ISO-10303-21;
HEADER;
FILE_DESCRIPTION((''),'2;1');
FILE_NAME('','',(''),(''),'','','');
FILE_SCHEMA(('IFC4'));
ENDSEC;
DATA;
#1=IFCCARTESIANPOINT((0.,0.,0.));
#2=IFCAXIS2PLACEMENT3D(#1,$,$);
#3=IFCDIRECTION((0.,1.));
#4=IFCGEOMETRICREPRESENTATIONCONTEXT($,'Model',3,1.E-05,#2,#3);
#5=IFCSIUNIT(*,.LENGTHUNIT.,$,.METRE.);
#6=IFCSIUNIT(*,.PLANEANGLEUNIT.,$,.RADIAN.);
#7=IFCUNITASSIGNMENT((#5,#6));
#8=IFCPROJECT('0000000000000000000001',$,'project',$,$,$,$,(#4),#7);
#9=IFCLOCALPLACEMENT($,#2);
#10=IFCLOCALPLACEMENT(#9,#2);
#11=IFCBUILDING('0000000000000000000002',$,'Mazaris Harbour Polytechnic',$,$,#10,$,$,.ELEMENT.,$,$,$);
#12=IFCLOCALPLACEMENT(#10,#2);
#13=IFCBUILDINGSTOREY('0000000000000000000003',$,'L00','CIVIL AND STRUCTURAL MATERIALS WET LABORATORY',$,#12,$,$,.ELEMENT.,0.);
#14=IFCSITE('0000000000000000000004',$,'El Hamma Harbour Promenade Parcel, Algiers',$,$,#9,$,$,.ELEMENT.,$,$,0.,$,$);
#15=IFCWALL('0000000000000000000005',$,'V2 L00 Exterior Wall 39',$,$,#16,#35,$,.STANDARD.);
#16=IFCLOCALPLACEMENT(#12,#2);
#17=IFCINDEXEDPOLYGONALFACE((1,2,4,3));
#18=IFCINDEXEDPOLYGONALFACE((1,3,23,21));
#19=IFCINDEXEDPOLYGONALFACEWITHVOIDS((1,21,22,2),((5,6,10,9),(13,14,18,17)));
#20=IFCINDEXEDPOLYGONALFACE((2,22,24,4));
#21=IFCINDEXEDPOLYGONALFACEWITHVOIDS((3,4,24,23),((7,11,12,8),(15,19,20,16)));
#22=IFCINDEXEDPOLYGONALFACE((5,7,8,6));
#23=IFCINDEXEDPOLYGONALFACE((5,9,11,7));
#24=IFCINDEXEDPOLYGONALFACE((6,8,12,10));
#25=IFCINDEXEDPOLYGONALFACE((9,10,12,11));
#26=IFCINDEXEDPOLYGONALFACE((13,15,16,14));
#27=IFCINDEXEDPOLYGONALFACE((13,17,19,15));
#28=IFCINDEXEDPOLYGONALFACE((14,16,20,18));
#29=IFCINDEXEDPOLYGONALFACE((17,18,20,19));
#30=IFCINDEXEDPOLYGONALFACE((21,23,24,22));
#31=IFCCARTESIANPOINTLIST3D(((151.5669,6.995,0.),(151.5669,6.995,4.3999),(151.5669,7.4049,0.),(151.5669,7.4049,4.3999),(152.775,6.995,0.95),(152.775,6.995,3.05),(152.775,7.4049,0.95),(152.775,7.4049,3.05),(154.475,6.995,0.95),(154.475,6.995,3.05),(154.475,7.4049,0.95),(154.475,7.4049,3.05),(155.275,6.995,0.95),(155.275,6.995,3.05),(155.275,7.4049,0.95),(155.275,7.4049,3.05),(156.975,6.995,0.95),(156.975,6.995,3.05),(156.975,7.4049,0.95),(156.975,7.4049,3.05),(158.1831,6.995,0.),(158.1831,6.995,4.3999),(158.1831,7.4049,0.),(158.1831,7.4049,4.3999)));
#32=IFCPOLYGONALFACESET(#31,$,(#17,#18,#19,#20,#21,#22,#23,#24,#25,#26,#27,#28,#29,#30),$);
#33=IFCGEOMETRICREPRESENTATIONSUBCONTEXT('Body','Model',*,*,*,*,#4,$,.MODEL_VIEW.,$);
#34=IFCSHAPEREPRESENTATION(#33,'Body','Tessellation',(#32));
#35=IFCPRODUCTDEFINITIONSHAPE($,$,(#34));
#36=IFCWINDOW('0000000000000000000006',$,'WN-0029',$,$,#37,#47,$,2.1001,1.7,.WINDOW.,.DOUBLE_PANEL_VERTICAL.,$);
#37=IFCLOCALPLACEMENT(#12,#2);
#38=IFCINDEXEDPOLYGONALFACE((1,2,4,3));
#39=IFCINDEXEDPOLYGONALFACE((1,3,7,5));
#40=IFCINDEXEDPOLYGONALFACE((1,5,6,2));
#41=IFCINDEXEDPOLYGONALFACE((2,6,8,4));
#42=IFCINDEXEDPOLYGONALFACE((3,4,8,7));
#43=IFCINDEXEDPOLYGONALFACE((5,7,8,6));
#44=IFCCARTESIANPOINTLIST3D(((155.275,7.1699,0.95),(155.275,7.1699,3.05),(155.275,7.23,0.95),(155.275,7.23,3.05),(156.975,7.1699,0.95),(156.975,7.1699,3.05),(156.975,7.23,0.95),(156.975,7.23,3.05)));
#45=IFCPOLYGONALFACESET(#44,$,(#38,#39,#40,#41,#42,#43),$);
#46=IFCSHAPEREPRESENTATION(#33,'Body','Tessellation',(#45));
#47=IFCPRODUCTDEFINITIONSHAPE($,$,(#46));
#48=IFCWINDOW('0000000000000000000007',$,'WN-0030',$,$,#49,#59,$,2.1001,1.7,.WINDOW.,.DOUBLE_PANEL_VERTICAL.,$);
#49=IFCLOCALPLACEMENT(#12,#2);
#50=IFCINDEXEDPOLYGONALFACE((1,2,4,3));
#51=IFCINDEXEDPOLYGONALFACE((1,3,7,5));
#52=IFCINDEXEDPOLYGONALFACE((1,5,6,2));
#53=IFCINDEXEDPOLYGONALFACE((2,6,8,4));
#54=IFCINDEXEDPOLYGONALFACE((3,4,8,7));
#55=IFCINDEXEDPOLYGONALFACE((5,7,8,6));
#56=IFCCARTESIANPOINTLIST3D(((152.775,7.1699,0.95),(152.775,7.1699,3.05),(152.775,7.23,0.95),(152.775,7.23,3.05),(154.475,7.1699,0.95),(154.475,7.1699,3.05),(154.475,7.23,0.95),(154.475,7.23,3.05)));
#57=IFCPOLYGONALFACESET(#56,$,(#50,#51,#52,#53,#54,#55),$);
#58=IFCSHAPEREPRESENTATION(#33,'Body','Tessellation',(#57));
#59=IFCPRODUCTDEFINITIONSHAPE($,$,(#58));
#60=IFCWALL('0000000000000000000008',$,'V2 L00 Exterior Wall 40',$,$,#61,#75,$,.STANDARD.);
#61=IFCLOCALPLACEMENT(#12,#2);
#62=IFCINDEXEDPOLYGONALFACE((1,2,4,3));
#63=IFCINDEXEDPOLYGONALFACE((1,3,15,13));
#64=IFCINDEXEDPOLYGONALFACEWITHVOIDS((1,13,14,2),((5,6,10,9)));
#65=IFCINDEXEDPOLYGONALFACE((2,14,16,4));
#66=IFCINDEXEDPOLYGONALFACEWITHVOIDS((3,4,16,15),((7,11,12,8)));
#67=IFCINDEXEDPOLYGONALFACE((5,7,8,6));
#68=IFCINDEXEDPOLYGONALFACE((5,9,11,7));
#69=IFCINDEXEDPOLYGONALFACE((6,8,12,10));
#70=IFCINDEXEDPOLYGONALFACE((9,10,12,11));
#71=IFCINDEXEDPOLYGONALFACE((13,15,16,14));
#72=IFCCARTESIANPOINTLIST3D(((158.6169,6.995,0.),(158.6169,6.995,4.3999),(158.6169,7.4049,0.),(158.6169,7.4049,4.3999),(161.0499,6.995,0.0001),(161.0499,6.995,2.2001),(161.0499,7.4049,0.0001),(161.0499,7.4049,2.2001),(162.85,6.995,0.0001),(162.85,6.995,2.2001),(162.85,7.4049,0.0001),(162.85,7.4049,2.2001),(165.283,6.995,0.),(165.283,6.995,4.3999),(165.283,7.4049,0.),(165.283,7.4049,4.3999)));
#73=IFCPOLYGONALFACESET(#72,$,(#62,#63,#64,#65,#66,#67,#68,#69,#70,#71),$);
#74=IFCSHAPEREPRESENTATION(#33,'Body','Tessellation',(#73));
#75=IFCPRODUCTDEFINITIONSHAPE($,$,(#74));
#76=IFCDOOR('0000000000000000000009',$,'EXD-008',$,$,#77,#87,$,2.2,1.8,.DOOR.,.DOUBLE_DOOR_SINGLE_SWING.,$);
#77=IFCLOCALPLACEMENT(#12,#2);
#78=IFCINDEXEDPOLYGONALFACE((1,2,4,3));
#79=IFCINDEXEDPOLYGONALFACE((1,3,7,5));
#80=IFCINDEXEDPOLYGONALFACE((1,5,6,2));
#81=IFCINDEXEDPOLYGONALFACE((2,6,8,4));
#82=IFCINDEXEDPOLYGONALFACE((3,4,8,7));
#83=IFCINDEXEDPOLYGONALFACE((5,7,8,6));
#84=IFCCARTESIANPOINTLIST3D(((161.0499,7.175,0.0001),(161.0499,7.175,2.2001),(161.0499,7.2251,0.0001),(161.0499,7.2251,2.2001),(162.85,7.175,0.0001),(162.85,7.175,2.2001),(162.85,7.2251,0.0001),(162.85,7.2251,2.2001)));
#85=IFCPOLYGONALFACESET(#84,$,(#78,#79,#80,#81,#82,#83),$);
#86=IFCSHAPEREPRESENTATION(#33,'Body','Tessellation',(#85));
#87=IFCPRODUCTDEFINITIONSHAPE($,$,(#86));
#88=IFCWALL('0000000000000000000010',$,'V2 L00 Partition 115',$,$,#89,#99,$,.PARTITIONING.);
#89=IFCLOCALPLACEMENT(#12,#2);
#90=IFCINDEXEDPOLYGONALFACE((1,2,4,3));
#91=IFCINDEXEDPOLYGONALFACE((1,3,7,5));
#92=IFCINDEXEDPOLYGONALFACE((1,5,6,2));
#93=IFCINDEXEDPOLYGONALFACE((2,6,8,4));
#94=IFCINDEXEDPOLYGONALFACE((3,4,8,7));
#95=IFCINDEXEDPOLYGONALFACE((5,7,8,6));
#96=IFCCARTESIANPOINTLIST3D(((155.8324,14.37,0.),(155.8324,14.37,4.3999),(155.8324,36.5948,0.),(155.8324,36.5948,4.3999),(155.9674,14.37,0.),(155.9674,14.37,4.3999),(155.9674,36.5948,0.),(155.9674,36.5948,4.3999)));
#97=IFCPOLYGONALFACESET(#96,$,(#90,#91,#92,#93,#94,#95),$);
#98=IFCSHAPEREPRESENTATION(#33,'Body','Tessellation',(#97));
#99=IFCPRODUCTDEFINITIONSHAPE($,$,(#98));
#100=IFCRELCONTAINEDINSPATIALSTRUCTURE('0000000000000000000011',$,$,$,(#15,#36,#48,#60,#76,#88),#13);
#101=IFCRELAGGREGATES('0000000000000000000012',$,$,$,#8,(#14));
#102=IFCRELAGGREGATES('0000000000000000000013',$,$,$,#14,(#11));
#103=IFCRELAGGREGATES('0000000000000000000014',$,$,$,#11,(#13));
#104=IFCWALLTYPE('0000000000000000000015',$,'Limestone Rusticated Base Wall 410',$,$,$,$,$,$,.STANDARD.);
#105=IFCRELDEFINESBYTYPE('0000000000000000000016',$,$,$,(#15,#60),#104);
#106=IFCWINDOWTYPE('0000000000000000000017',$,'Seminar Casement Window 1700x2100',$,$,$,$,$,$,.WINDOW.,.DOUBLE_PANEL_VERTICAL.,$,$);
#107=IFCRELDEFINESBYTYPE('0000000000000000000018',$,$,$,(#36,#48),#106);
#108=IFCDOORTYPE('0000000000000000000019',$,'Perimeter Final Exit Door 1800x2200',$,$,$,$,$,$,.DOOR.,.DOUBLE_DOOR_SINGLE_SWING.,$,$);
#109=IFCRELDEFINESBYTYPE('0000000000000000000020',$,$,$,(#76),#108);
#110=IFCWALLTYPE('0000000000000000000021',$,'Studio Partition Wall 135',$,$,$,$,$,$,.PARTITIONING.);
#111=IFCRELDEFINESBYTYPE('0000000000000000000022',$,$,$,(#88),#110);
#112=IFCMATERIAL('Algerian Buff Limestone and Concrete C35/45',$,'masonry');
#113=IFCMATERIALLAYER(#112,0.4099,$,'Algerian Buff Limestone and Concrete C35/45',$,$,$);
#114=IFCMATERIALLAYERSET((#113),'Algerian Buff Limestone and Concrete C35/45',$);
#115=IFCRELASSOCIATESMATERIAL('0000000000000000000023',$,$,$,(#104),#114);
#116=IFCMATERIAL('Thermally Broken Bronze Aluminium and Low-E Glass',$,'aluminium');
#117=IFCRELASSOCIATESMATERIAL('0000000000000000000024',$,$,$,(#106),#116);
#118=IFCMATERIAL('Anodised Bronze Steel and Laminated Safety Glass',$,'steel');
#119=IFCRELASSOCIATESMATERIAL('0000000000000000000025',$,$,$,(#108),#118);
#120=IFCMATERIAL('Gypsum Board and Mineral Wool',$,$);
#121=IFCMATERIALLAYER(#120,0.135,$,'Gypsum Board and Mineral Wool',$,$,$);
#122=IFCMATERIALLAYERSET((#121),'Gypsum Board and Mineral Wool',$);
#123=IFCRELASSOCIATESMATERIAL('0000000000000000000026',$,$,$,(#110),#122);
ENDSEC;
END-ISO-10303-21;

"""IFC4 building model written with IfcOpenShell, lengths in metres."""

from ifc_helpers import new_model, si_unit, direction, frame, frame_2d, origin, place, context, subcontext, project, spatial, rectangle, extrude, material, layer, layer_set, type_object, element, fill, save


model = new_model("IFC4")

# Units and contexts
model_context = context("Model", 3, precision=1e-05, world=origin(), true_north=direction((0.0, 1.0)))
body_context = subcontext(model_context, "Body", "Model", "MODEL_VIEW")
ifc_project = project(units=[si_unit("LENGTHUNIT", "METRE"), si_unit("PLANEANGLEUNIT", "RADIAN")], contexts=[model_context])

# Site, building, storey
site_placement = place(None, origin())
site = spatial("IfcSite", under=ifc_project, at=site_placement, Name="El Hamma Harbour Promenade Parcel, Algiers", CompositionType="ELEMENT", RefElevation=0.0)
building_placement = place(site_placement, origin())
building = spatial("IfcBuilding", under=site, at=building_placement, Name="Mazaris Harbour Polytechnic", CompositionType="ELEMENT")
storey_placement = place(building_placement, origin())
storey = spatial("IfcBuildingStorey", under=building, at=storey_placement, Name="L00", Description="CIVIL AND STRUCTURAL MATERIALS WET LABORATORY", CompositionType="ELEMENT", Elevation=0.0)

# Wall, openings, windows
ifc_material_1 = material(Name="Algerian Buff Limestone and Concrete C35/45", Category="masonry")
ifc_layer_1 = layer(ifc_material_1, 0.4099, Name="Algerian Buff Limestone and Concrete C35/45")
ifc_layer_set_1 = layer_set([ifc_layer_1], Name="Algerian Buff Limestone and Concrete C35/45")
wall_type_1 = type_object("IfcWallType", Name="Limestone Rusticated Base Wall 410", PredefinedType="STANDARD", material=ifc_layer_set_1)
wall_1_placement = place(storey_placement, frame((158.1831, 7.2, 0.0), z_axis=(0.0, 0.0, 1.0), x_axis=(-1.0, 0.0, 0.0)))
wall_1 = element("IfcWall", 1, at=wall_1_placement, inside=storey, type_object=wall_type_1, Name="V2 L00 Exterior Wall 39", PredefinedType="STANDARD", context=body_context, shape_type="SweptSolid", body=[
    extrude(rectangle(XDim=6.6162, YDim=0.4099, at=frame_2d((3.3081, 0.0))), origin(), (0.0, 0.0, 1.0), 4.3999),
])
opening_1_placement = place(wall_1_placement, frame((1.208, 0.0, 0.95)))
opening_1 = element("IfcOpeningElement", 2, at=opening_1_placement, cuts=wall_1, PredefinedType="OPENING", context=body_context, shape_type="SweptSolid", body=[
    extrude(rectangle(XDim=1.7, YDim=2.1001, at=frame_2d((0.8501, 1.05))), frame((0.0, 0.2148, 0.0), z_axis=(0.0, -1.0, 0.0), x_axis=(1.0, 0.0, 0.0)), (0.0, 0.0, 1.0), 0.4299),
])
opening_2_placement = place(wall_1_placement, frame((3.708, 0.0, 0.95)))
opening_2 = element("IfcOpeningElement", 3, at=opening_2_placement, cuts=wall_1, PredefinedType="OPENING", context=body_context, shape_type="SweptSolid", body=[
    extrude(rectangle(XDim=1.7, YDim=2.1001, at=frame_2d((0.8501, 1.05))), frame((0.0, 0.2148, 0.0), z_axis=(0.0, -1.0, 0.0), x_axis=(1.0, 0.0, 0.0)), (0.0, 0.0, 1.0), 0.4299),
])
ifc_material_2 = material(Name="Thermally Broken Bronze Aluminium and Low-E Glass", Category="aluminium")
window_type = type_object("IfcWindowType", Name="Seminar Casement Window 1700x2100", PartitioningType="DOUBLE_PANEL_VERTICAL", PredefinedType="WINDOW", material=ifc_material_2)
window_1_placement = place(opening_1_placement, origin())
window_1 = element("IfcWindow", 4, at=window_1_placement, inside=storey, type_object=window_type, Name="WN-0029", OverallHeight=2.1001, OverallWidth=1.7, PartitioningType="DOUBLE_PANEL_VERTICAL", PredefinedType="WINDOW", context=body_context, shape_type="SweptSolid", body=[
    extrude(rectangle(XDim=1.7, YDim=2.1001, at=frame_2d((0.8501, 1.05))), frame((0.0, 0.03, 0.0), z_axis=(0.0, -1.0, 0.0), x_axis=(1.0, 0.0, 0.0)), (0.0, 0.0, 1.0), 0.0601),
])
fill(opening_1, window_1)
window_2_placement = place(opening_2_placement, origin())
window_2 = element("IfcWindow", 5, at=window_2_placement, inside=storey, type_object=window_type, Name="WN-0030", OverallHeight=2.1001, OverallWidth=1.7, PartitioningType="DOUBLE_PANEL_VERTICAL", PredefinedType="WINDOW", context=body_context, shape_type="SweptSolid", body=[
    extrude(rectangle(XDim=1.7, YDim=2.1001, at=frame_2d((0.8501, 1.05))), frame((0.0, 0.03, 0.0), z_axis=(0.0, -1.0, 0.0), x_axis=(1.0, 0.0, 0.0)), (0.0, 0.0, 1.0), 0.0601),
])
fill(opening_2, window_2)

# Wall, opening, door
wall_2_placement = place(storey_placement, frame((165.283, 7.2, 0.0), z_axis=(0.0, 0.0, 1.0), x_axis=(-1.0, 0.0, 0.0)))
wall_2 = element("IfcWall", 6, at=wall_2_placement, inside=storey, type_object=wall_type_1, Name="V2 L00 Exterior Wall 40", PredefinedType="STANDARD", context=body_context, shape_type="SweptSolid", body=[
    extrude(rectangle(XDim=6.666, YDim=0.4099, at=frame_2d((3.333, 0.0))), origin(), (0.0, 0.0, 1.0), 4.3999),
])
opening_3_placement = place(wall_2_placement, frame((2.4331, 0.0, 0.0)))
opening_3 = element("IfcOpeningElement", 7, at=opening_3_placement, cuts=wall_2, PredefinedType="OPENING", context=body_context, shape_type="SweptSolid", body=[
    extrude(rectangle(XDim=1.8, YDim=2.2, at=frame_2d((0.8999, 1.1001))), frame((0.0, 0.2148, 0.0), z_axis=(0.0, -1.0, 0.0), x_axis=(1.0, 0.0, 0.0)), (0.0, 0.0, 1.0), 0.4299),
])
ifc_material_3 = material(Name="Anodised Bronze Steel and Laminated Safety Glass", Category="steel")
door_type_1 = type_object("IfcDoorType", Name="Perimeter Final Exit Door 1800x2200", OperationType="DOUBLE_DOOR_SINGLE_SWING", PredefinedType="DOOR", material=ifc_material_3)
door_1_placement = place(opening_3_placement, origin())
door_1 = element("IfcDoor", 8, at=door_1_placement, inside=storey, type_object=door_type_1, Name="EXD-008", OperationType="DOUBLE_DOOR_SINGLE_SWING", OverallHeight=2.2, OverallWidth=1.8, PredefinedType="DOOR", context=body_context, shape_type="SweptSolid", body=[
    extrude(rectangle(XDim=1.8, YDim=2.2, at=frame_2d((0.8999, 1.1001))), frame((0.0, 0.0249, 0.0), z_axis=(0.0, -1.0, 0.0), x_axis=(1.0, 0.0, 0.0)), (0.0, 0.0, 1.0), 0.05),
])
fill(opening_3, door_1)

# Wall
ifc_material_4 = material(Name="Gypsum Board and Mineral Wool")
ifc_layer_2 = layer(ifc_material_4, 0.135, Name="Gypsum Board and Mineral Wool")
ifc_layer_set_2 = layer_set([ifc_layer_2], Name="Gypsum Board and Mineral Wool")
wall_type_2 = type_object("IfcWallType", Name="Studio Partition Wall 135", PredefinedType="PARTITIONING", material=ifc_layer_set_2)
wall_3_placement = place(storey_placement, frame((155.8999, 14.3701, 0.0), z_axis=(0.0, 0.0, 1.0), x_axis=(0.0, 1.0, 0.0)))
element("IfcWall", 9, at=wall_3_placement, inside=storey, type_object=wall_type_2, Name="V2 L00 Partition 115", PredefinedType="PARTITIONING", context=body_context, shape_type="SweptSolid", body=[
    extrude(rectangle(XDim=22.2249, YDim=0.135, at=frame_2d((11.1123, 0.0))), origin(), (0.0, 0.0, 1.0), 4.3999),
])

save(model, "model.ifc")
